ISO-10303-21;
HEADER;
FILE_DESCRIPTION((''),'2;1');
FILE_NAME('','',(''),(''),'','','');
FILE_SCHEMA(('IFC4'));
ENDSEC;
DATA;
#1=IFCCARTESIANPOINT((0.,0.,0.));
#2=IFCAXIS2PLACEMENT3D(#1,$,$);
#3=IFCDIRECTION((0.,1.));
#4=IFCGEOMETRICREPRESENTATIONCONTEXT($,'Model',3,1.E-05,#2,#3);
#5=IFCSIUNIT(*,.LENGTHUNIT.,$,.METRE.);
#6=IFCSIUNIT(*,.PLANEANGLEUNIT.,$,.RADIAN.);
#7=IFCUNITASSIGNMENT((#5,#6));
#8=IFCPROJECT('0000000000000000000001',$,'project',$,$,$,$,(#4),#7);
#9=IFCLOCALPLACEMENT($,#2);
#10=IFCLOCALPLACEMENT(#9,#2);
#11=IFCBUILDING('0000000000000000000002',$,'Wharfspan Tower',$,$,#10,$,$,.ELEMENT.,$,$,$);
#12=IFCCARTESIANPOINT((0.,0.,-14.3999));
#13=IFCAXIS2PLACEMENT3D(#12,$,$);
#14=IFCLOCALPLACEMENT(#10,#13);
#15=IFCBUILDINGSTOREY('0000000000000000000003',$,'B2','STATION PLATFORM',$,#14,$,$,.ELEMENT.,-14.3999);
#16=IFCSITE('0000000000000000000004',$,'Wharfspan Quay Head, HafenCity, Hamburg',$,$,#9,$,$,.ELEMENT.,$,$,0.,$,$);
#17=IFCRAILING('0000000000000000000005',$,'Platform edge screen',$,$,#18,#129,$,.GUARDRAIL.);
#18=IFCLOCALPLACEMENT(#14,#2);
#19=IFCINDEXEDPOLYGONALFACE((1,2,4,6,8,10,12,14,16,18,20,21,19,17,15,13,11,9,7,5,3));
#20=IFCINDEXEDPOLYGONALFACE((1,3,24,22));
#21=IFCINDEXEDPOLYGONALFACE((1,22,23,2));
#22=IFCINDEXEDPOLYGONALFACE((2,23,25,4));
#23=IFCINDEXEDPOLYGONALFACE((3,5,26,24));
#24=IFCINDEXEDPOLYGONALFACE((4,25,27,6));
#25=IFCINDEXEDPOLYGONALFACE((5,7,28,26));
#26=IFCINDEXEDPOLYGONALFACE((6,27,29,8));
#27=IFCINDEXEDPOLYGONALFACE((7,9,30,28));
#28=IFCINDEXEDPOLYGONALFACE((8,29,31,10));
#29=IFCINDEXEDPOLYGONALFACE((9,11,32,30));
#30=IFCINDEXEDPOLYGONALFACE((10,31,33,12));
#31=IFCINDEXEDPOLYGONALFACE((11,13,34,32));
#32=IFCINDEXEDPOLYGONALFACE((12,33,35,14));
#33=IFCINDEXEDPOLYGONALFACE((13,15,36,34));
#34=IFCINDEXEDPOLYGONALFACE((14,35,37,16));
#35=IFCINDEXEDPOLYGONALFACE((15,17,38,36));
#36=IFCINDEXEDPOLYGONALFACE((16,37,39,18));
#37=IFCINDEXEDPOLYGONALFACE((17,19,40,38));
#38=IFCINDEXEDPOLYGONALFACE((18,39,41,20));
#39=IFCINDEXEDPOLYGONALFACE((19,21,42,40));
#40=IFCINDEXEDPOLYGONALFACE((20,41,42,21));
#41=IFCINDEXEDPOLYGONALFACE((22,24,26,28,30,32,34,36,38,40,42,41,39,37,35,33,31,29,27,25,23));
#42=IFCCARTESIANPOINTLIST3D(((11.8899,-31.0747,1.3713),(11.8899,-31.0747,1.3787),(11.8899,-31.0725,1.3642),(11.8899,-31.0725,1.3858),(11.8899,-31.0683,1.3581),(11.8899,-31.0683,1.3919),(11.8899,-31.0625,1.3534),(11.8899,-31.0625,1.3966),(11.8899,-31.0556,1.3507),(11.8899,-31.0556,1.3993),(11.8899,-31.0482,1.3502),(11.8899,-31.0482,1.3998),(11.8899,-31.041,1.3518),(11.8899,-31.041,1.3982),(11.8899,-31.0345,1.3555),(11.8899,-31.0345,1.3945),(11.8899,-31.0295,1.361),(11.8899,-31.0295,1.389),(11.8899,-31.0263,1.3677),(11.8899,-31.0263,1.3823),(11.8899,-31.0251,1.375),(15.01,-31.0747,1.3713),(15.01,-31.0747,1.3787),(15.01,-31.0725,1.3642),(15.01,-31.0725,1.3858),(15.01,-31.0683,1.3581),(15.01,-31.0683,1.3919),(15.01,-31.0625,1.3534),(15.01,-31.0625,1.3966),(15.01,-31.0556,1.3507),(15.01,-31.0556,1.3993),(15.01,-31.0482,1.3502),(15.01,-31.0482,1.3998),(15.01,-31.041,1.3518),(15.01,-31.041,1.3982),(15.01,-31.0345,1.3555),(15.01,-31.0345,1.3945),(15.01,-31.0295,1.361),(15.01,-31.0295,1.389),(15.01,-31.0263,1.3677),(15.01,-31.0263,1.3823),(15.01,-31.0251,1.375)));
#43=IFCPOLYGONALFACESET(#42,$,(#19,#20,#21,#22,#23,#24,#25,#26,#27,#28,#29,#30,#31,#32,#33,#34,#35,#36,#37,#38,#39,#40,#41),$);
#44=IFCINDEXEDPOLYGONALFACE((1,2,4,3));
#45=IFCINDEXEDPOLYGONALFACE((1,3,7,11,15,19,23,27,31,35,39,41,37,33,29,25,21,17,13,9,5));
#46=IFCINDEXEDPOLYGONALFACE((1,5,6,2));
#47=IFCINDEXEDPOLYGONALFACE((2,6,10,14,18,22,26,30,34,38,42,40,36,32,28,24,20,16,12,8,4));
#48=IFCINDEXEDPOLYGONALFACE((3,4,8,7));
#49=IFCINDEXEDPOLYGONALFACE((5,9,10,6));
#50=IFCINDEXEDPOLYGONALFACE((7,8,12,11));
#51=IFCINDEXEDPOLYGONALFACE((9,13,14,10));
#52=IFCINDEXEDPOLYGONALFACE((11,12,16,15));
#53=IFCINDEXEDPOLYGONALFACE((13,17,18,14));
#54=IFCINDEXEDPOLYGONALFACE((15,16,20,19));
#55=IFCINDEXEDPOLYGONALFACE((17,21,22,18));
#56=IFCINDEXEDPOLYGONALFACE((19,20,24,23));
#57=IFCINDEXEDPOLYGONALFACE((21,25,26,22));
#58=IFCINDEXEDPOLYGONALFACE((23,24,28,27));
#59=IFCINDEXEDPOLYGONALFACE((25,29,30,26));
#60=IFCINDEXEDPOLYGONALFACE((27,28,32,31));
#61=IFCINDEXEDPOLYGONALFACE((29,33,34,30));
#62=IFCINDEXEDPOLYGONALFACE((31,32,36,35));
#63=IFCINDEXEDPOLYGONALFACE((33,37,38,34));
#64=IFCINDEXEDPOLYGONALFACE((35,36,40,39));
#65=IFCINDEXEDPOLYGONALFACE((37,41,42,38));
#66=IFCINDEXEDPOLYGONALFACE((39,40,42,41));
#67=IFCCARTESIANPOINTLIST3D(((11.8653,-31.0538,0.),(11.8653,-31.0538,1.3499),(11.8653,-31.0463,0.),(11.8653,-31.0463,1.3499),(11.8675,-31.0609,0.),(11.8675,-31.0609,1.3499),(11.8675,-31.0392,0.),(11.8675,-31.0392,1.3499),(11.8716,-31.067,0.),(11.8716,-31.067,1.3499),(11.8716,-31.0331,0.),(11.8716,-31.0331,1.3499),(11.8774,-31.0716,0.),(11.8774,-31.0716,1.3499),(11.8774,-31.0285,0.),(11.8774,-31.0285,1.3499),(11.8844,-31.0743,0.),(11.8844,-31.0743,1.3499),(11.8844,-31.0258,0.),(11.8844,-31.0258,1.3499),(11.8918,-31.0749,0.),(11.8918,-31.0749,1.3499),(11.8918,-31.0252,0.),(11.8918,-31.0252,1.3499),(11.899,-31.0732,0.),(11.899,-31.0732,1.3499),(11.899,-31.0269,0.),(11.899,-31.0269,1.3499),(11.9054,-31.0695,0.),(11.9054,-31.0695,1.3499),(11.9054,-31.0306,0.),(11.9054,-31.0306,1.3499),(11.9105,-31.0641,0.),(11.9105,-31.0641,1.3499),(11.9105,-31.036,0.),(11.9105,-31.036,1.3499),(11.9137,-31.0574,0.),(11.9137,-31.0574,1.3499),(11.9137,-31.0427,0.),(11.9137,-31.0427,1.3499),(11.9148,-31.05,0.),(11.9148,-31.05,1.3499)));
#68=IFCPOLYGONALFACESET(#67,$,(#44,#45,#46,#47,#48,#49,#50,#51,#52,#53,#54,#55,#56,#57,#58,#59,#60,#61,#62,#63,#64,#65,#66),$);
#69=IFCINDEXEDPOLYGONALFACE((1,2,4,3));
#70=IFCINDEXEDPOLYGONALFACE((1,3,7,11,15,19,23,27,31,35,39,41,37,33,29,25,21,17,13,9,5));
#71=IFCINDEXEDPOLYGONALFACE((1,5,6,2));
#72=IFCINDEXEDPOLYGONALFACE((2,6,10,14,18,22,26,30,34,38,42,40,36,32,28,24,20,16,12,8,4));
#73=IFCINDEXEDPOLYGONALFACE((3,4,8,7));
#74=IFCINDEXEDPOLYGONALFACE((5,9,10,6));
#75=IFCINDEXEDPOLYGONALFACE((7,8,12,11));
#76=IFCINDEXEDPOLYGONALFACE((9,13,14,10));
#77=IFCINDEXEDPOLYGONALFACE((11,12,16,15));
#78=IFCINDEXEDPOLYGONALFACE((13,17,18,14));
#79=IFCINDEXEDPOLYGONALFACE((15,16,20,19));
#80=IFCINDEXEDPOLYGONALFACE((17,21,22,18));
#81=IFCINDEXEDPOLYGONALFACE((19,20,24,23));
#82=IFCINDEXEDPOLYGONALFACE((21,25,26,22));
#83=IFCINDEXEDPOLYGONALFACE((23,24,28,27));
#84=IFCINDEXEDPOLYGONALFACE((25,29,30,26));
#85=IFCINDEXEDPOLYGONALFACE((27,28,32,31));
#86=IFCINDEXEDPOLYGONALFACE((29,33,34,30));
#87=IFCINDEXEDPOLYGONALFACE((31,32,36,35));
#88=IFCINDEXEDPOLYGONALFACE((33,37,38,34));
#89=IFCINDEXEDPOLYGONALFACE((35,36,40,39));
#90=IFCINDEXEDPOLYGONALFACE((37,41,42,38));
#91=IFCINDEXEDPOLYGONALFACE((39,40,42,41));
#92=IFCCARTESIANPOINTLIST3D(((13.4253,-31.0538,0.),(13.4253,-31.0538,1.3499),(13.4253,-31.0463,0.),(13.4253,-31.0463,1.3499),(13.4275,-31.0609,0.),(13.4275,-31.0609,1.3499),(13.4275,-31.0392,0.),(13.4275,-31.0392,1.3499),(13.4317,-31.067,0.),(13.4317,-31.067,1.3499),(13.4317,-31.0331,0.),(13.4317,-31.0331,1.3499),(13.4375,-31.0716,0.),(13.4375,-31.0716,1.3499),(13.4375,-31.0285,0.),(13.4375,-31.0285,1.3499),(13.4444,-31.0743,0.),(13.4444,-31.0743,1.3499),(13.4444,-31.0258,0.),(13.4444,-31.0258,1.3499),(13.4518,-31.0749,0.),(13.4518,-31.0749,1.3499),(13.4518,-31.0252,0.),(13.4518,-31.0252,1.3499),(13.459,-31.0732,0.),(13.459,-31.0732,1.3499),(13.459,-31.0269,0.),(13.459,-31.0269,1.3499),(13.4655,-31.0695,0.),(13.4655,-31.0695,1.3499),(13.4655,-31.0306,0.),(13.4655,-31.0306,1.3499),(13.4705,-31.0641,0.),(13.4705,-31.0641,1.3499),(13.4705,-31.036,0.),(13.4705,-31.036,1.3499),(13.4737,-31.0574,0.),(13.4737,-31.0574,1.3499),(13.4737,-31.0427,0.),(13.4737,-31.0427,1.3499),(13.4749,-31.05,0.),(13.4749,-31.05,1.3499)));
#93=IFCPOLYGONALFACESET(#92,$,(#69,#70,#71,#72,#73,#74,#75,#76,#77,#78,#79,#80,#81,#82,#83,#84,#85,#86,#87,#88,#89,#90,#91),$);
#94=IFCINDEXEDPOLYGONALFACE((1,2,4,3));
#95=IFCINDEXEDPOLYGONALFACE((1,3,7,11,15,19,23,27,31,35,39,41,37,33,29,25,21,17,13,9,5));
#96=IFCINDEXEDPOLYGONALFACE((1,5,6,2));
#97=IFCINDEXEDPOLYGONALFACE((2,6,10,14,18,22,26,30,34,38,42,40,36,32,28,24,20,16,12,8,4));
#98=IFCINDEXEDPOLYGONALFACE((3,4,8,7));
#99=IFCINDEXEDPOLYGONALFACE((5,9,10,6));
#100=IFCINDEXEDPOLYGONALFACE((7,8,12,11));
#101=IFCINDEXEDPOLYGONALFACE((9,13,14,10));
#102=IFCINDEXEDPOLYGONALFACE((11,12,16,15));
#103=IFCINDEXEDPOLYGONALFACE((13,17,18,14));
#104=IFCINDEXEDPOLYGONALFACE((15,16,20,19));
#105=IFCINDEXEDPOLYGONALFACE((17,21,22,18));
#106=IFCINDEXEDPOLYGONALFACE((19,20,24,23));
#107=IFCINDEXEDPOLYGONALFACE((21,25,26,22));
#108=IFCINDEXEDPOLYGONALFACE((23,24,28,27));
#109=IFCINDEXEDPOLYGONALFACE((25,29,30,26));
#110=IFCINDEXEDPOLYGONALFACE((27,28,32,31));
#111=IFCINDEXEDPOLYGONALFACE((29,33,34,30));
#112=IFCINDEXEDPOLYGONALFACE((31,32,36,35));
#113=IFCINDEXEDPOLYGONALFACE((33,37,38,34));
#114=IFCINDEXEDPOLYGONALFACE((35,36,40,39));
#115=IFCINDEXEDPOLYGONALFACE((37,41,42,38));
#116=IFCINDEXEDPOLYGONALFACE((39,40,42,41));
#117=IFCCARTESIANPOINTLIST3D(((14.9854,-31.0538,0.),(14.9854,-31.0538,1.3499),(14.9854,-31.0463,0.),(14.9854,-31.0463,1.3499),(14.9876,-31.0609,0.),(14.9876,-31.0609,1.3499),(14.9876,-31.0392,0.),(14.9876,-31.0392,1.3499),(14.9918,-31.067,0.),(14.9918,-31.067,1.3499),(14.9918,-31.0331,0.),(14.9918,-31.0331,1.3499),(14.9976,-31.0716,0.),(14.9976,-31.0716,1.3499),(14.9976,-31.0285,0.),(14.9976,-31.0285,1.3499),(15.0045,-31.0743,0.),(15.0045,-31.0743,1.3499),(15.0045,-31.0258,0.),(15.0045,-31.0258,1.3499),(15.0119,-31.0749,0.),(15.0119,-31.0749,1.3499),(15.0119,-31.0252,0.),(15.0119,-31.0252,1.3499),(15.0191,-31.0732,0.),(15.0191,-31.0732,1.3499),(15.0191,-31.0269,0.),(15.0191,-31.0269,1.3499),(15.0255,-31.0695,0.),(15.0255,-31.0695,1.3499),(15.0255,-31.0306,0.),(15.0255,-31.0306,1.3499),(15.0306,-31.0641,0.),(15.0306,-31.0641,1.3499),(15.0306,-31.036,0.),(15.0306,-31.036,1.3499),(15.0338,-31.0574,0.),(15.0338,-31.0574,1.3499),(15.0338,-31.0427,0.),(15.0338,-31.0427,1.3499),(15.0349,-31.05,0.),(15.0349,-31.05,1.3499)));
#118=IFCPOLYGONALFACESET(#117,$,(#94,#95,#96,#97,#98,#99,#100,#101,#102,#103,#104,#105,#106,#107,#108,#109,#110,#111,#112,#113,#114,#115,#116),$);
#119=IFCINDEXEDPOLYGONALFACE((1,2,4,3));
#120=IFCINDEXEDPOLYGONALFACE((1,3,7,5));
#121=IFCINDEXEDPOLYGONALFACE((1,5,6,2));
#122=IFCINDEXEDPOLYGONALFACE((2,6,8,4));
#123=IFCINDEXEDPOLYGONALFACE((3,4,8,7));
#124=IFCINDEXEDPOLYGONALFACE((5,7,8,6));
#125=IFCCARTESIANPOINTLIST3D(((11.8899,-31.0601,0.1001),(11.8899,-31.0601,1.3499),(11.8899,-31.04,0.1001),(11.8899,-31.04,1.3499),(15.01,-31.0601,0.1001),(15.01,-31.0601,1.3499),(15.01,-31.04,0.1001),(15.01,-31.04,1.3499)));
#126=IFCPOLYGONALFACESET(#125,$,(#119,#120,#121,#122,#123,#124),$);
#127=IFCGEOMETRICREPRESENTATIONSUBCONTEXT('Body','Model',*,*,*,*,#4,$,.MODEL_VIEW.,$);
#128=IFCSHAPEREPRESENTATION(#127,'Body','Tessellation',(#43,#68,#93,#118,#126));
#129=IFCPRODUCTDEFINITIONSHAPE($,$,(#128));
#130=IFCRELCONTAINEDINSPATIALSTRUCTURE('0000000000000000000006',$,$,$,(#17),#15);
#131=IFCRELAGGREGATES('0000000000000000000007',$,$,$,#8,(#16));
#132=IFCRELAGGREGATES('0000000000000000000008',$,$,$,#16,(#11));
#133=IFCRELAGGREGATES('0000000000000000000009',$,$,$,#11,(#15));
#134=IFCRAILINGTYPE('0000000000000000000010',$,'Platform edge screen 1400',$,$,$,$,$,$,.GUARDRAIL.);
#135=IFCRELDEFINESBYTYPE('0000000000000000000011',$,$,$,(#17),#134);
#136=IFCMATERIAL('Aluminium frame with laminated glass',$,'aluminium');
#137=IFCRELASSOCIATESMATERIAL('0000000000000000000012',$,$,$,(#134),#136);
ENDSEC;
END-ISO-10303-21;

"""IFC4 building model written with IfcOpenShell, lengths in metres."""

from ifc_helpers import new_model, si_unit, direction, frame, origin, origin_2d, place, context, subcontext, project, spatial, rectangle, circle, extrude, material, type_object, element, save


model = new_model("IFC4")

# Units and contexts
model_context = context("Model", 3, precision=1e-05, world=origin(), true_north=direction((0.0, 1.0)))
body_context = subcontext(model_context, "Body", "Model", "MODEL_VIEW")
ifc_project = project(units=[si_unit("LENGTHUNIT", "METRE"), si_unit("PLANEANGLEUNIT", "RADIAN")], contexts=[model_context])

# Site, building, storey
site_placement = place(None, origin())
site = spatial("IfcSite", under=ifc_project, at=site_placement, Name="Wharfspan Quay Head, HafenCity, Hamburg", CompositionType="ELEMENT", RefElevation=0.0)
building_placement = place(site_placement, origin())
building = spatial("IfcBuilding", under=site, at=building_placement, Name="Wharfspan Tower", CompositionType="ELEMENT")
storey_placement = place(building_placement, frame((0.0, 0.0, -14.3999)))
storey = spatial("IfcBuildingStorey", under=building, at=storey_placement, Name="B2", Description="STATION PLATFORM", CompositionType="ELEMENT", Elevation=-14.3999)

# Railing
ifc_material_1 = material(Name="Aluminium frame with laminated glass", Category="aluminium")
railing_type_1 = type_object("IfcRailingType", Name="Platform edge screen 1400", PredefinedType="GUARDRAIL", material=ifc_material_1)
for number, where, name in (
    (1, (11.8899, -31.05, 0.0), "Platform edge screen"),
):
    element("IfcRailing", number, at=place(storey_placement, frame(where)), inside=storey, type_object=railing_type_1, Name=name, PredefinedType="GUARDRAIL", context=body_context, shape_type="SweptSolid", body=[
        extrude(circle(Radius=0.0249, at=origin_2d()), frame((0.0, 0.0, 1.375), z_axis=(1.0, 0.0, 0.0), x_axis=(0.0, 1.0, 0.0)), (0.0, 0.0, 1.0), 3.1201),
        extrude(circle(Radius=0.0249, at=origin_2d()), origin(), (0.0, 0.0, 1.0), 1.3499),
        extrude(circle(Radius=0.0249, at=origin_2d()), frame((1.5601, 0.0, 0.0)), (0.0, 0.0, 1.0), 1.3499),
        extrude(circle(Radius=0.0249, at=origin_2d()), frame((3.1201, 0.0, 0.0)), (0.0, 0.0, 1.0), 1.3499),
        extrude(rectangle(XDim=3.1201, YDim=0.02, at=origin_2d()), frame((1.5601, 0.0, 0.1001), z_axis=(0.0, 0.0, 1.0), x_axis=(1.0, 0.0, 0.0)), (0.0, 0.0, 1.0), 1.2498),
    ])

save(model, "model.ifc")
